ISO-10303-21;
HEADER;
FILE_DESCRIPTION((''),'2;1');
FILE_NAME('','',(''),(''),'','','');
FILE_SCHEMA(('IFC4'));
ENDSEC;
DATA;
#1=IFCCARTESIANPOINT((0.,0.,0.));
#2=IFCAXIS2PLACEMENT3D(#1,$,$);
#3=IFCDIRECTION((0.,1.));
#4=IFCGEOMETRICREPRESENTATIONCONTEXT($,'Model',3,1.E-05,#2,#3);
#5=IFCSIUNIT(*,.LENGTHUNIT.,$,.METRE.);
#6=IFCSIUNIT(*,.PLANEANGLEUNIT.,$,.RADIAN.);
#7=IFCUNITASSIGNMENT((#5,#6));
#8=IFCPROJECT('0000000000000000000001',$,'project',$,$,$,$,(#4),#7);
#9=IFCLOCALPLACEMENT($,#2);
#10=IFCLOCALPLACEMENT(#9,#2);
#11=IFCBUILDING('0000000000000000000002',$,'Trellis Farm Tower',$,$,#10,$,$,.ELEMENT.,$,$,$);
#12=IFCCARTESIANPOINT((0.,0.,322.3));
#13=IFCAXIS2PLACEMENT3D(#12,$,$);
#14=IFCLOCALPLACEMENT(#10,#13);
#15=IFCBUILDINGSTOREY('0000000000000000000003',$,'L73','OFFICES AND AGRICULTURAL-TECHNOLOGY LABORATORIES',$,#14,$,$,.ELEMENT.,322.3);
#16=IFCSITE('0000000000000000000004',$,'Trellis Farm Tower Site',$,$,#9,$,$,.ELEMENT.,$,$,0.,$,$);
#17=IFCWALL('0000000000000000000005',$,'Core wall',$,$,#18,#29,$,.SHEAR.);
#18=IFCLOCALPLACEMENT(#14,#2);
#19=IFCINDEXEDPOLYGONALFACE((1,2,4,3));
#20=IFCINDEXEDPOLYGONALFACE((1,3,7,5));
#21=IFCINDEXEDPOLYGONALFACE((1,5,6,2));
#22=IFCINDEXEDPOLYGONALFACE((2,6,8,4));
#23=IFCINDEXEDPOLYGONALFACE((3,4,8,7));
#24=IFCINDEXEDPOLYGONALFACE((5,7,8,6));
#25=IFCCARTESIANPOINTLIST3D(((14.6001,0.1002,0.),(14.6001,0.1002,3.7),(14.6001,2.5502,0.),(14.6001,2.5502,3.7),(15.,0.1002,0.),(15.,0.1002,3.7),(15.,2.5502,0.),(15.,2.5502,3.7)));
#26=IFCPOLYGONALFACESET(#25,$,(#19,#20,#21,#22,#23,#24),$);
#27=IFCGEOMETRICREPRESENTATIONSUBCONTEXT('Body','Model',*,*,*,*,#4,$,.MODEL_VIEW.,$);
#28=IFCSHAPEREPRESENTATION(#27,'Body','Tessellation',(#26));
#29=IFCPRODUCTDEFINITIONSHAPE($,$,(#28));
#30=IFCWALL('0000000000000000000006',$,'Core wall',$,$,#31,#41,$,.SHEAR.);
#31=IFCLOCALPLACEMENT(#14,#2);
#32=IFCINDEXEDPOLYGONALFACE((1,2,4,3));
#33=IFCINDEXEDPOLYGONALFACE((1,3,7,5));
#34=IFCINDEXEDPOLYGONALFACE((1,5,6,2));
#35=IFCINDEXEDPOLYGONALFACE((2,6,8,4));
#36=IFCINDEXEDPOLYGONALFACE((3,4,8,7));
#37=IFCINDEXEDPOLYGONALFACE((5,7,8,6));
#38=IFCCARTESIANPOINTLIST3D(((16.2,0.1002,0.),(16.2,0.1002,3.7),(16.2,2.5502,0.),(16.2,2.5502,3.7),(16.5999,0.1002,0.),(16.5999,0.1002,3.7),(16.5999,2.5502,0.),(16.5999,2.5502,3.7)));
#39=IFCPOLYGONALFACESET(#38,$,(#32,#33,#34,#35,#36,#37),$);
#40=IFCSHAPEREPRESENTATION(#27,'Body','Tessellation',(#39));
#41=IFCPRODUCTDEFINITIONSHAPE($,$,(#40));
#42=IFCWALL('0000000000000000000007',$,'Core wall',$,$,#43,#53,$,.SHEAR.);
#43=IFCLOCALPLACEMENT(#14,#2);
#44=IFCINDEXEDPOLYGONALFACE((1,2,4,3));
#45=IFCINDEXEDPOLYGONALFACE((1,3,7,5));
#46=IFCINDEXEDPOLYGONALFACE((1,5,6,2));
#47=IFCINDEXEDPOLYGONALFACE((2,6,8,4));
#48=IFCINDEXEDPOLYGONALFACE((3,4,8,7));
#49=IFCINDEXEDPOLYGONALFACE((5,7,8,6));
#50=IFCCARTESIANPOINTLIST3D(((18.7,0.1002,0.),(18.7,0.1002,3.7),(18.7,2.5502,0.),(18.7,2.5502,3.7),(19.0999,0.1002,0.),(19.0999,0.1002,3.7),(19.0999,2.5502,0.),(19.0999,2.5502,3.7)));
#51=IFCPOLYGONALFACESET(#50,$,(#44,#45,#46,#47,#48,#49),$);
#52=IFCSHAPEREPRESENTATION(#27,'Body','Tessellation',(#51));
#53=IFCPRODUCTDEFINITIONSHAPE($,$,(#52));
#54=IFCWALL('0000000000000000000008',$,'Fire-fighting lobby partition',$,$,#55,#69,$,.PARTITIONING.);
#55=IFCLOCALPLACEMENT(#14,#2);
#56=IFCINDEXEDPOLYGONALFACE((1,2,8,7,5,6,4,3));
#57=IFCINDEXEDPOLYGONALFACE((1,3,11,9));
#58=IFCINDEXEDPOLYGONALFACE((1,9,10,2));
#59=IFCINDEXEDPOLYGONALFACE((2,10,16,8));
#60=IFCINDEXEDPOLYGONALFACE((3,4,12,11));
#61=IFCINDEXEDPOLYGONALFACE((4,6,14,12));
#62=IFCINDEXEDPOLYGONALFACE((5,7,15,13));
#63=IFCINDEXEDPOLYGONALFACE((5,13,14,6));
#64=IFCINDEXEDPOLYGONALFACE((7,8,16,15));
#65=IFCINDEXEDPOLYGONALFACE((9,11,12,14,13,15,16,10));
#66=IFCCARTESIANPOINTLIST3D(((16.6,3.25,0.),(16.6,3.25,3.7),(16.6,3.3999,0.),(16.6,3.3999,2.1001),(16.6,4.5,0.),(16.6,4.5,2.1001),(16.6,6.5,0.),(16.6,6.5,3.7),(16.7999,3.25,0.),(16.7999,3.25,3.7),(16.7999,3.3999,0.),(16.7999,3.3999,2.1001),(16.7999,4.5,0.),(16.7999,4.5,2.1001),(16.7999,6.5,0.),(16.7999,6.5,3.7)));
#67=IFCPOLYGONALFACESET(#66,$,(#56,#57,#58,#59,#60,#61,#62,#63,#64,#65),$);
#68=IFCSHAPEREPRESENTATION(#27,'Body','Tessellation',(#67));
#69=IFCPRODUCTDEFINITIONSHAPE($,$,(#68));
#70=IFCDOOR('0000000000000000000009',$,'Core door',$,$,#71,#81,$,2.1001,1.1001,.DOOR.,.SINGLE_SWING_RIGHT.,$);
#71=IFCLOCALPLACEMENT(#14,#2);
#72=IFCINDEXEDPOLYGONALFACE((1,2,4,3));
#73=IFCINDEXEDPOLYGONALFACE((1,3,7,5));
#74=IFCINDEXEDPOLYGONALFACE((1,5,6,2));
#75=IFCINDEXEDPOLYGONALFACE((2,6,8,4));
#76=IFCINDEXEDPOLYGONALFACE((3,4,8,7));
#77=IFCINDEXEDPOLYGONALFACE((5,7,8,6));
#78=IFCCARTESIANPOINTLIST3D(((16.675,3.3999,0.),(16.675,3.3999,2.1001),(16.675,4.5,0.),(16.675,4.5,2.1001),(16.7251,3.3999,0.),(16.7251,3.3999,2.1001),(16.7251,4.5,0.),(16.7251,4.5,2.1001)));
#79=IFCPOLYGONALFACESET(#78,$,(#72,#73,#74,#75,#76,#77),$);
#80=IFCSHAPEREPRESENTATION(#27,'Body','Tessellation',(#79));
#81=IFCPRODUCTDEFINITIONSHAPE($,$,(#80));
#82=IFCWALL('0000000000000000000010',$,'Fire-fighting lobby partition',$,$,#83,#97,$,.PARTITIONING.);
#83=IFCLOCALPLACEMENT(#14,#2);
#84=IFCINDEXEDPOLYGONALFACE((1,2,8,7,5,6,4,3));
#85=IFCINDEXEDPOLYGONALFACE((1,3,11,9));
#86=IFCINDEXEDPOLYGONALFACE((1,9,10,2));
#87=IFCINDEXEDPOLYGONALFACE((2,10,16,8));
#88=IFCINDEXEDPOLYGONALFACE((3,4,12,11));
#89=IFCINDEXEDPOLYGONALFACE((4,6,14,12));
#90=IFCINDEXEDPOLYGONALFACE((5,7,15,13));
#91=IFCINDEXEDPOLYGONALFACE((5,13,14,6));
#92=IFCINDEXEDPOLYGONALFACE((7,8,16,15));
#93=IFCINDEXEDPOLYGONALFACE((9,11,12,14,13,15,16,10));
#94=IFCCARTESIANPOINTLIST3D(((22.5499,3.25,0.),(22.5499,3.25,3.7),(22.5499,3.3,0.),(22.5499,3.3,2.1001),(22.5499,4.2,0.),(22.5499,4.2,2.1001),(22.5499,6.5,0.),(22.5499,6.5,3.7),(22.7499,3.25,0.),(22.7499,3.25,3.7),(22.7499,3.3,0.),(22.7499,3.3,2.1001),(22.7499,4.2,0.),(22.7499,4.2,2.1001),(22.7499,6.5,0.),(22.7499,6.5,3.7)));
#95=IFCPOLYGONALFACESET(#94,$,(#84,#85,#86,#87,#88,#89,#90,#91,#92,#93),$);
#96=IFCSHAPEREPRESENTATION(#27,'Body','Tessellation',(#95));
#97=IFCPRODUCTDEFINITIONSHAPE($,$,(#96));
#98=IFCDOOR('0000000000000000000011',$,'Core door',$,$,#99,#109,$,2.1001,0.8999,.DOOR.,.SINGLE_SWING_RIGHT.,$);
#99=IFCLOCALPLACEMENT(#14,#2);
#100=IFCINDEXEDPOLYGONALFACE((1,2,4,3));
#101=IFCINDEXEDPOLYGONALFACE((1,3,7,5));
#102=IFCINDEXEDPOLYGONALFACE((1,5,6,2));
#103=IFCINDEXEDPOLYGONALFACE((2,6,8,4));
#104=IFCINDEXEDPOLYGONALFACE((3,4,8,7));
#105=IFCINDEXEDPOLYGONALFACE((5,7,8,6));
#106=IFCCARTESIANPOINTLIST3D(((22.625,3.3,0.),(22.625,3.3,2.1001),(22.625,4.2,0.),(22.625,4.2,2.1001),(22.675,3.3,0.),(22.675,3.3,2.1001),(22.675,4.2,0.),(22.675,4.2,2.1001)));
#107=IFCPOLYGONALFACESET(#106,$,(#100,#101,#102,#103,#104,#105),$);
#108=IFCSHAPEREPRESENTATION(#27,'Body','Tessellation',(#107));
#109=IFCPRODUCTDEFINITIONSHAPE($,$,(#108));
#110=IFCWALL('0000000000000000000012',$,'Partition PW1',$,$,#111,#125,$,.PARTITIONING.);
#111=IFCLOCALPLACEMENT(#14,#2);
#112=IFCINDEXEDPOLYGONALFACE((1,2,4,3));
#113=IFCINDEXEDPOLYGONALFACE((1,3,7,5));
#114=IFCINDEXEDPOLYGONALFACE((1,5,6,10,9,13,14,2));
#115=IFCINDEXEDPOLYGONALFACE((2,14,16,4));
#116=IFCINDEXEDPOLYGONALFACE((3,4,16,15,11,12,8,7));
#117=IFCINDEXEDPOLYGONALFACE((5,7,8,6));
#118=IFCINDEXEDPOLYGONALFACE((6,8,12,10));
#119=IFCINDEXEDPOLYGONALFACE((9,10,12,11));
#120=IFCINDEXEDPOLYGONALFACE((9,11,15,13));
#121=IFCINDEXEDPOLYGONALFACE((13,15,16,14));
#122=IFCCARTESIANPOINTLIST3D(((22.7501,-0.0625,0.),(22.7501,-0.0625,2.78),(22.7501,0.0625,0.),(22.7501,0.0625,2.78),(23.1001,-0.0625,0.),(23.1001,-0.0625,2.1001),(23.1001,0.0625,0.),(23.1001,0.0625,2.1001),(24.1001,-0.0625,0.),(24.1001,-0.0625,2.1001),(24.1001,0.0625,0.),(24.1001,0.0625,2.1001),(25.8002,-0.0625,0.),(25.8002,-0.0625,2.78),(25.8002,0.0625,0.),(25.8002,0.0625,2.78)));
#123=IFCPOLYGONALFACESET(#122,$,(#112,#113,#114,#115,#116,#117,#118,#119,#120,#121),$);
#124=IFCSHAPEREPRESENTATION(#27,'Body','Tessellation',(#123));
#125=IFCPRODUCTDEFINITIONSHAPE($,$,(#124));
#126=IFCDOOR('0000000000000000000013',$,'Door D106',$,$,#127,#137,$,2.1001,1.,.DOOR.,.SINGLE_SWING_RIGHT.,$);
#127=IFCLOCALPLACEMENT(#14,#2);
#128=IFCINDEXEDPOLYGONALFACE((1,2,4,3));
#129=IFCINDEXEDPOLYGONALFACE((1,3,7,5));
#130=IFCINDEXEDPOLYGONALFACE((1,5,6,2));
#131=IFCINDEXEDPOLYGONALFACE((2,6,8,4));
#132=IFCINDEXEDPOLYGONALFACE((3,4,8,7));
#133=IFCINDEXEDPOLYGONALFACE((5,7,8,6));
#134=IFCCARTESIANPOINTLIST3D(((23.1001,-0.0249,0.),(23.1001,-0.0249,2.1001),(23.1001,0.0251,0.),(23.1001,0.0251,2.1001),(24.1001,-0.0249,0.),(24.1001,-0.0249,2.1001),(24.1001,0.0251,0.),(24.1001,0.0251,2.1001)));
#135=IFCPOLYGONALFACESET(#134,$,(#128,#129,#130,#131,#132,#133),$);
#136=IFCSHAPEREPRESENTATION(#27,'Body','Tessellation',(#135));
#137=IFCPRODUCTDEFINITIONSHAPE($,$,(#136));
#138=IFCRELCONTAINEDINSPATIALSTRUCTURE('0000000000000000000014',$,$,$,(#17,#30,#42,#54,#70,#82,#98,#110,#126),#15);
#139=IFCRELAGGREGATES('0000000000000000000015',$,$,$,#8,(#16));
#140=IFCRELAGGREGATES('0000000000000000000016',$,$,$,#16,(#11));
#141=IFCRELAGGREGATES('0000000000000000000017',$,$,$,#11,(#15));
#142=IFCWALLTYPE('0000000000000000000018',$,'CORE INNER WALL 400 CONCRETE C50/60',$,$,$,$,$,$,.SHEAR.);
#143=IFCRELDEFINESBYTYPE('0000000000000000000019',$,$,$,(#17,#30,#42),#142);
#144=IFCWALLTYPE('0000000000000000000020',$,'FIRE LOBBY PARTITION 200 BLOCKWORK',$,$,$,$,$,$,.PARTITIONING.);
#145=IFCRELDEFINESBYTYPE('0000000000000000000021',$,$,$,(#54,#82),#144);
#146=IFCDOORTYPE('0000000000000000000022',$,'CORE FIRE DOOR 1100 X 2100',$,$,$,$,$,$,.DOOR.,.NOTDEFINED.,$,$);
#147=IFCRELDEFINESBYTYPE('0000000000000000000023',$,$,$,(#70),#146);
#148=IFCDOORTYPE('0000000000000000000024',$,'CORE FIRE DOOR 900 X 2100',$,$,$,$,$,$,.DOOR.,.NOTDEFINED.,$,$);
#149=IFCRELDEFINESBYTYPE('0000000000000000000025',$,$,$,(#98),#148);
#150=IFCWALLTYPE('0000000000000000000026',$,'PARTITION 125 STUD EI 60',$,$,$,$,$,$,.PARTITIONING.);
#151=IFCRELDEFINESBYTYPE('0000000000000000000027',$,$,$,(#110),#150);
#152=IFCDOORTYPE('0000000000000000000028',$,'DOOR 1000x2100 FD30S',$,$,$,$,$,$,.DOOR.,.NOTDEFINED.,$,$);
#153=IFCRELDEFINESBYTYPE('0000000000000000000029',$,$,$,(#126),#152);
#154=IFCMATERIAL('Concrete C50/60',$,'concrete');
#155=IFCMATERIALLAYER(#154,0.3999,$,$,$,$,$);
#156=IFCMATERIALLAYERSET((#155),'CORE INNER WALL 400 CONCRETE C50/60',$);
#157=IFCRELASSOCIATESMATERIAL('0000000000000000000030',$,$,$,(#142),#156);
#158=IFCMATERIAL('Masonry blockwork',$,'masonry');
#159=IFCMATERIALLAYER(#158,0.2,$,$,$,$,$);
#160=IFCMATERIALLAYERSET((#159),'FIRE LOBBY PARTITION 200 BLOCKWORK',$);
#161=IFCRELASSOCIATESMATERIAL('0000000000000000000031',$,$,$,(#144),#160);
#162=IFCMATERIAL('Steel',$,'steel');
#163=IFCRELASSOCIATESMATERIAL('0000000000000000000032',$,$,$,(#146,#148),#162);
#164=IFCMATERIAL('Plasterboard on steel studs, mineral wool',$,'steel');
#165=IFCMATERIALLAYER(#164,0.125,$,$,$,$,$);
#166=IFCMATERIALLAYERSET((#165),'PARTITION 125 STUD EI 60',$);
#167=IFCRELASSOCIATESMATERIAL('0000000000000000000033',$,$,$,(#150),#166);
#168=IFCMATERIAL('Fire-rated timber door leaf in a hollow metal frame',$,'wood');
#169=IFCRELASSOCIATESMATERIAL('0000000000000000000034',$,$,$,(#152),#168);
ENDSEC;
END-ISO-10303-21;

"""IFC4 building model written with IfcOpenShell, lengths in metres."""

from ifc_helpers import new_model, si_unit, direction, frame, frame_2d, origin, place, context, subcontext, project, spatial, rectangle, extrude, source, transform, mapped, material, layer, layer_set, type_object, element, fill, save


model = new_model("IFC4")

# Units and contexts
model_context = context("Model", 3, precision=1e-05, world=origin(), true_north=direction((0.0, 1.0)))
body_context = subcontext(model_context, "Body", "Model", "MODEL_VIEW")
ifc_project = project(units=[si_unit("LENGTHUNIT", "METRE"), si_unit("PLANEANGLEUNIT", "RADIAN")], contexts=[model_context])

# Site, building, storey
site_placement = place(None, origin())
site = spatial("IfcSite", under=ifc_project, at=site_placement, Name="Trellis Farm Tower Site", CompositionType="ELEMENT", RefElevation=0.0)
building_placement = place(site_placement, origin())
building = spatial("IfcBuilding", under=site, at=building_placement, Name="Trellis Farm Tower", CompositionType="ELEMENT")
storey_placement = place(building_placement, frame((0.0, 0.0, 322.3)))
storey = spatial("IfcBuildingStorey", under=building, at=storey_placement, Name="L73", Description="OFFICES AND AGRICULTURAL-TECHNOLOGY LABORATORIES", CompositionType="ELEMENT", Elevation=322.3)

# Walls
ifc_material_1 = material(Name="Concrete C50/60", Category="concrete")
ifc_layer_1 = layer(ifc_material_1, 0.3999)
ifc_layer_set_1 = layer_set([ifc_layer_1], Name="CORE INNER WALL 400 CONCRETE C50/60")
wall_type_1 = type_object("IfcWallType", Name="CORE INNER WALL 400 CONCRETE C50/60", PredefinedType="SHEAR", material=ifc_layer_set_1)
shared_shape_1 = source(origin(), body_context, "Body", "SweptSolid", [
    extrude(rectangle(XDim=2.45, YDim=0.3999, at=frame_2d((1.2251, 0.0))), origin(), (0.0, 0.0, 1.0), 3.7),
])
for number, where, z_axis, x_axis, name in (
    (1, (14.8, 0.1001, 0.0), (0.0, 0.0, 1.0), (0.0, 1.0, 0.0), "Core wall"),
    (2, (16.3999, 0.1001, 0.0), (0.0, 0.0, 1.0), (0.0, 1.0, 0.0), "Core wall"),
    (3, (18.8999, 0.1001, 0.0), (0.0, 0.0, 1.0), (0.0, 1.0, 0.0), "Core wall"),
):
    element("IfcWall", number, at=place(storey_placement, frame(where, z_axis=z_axis, x_axis=x_axis)), inside=storey, type_object=wall_type_1, Name=name, PredefinedType="SHEAR", context=body_context, shape_type="MappedRepresentation", body=[
        mapped(shared_shape_1, transform((0.0, 0.0, 0.0))),
    ])

# Walls, openings, doors
ifc_material_2 = material(Name="Masonry blockwork", Category="masonry")
ifc_layer_2 = layer(ifc_material_2, 0.2)
ifc_layer_set_2 = layer_set([ifc_layer_2], Name="FIRE LOBBY PARTITION 200 BLOCKWORK")
wall_type_2 = type_object("IfcWallType", Name="FIRE LOBBY PARTITION 200 BLOCKWORK", PredefinedType="PARTITIONING", material=ifc_layer_set_2)
shared_shape_2 = source(origin(), body_context, "Body", "SweptSolid", [
    extrude(rectangle(XDim=3.25, YDim=0.2, at=frame_2d((1.625, 0.0))), origin(), (0.0, 0.0, 1.0), 3.7),
])
wall_1_placement = place(storey_placement, frame((16.7, 3.25, 0.0), z_axis=(0.0, 0.0, 1.0), x_axis=(0.0, 1.0, 0.0)))
wall_1 = element("IfcWall", 4, at=wall_1_placement, inside=storey, type_object=wall_type_2, Name="Fire-fighting lobby partition", PredefinedType="PARTITIONING", context=body_context, shape_type="MappedRepresentation", body=[
    mapped(shared_shape_2, transform((0.0, 0.0, 0.0))),
])
shared_shape_3 = source(origin(), body_context, "Body", "SweptSolid", [
    extrude(rectangle(XDim=1.1001, YDim=2.1001, at=frame_2d((0.55, 1.05))), frame((0.0, 0.1101, 0.0), z_axis=(0.0, -1.0, 0.0), x_axis=(1.0, 0.0, 0.0)), (0.0, 0.0, 1.0), 0.2202),
])
opening_1_placement = place(wall_1_placement, frame((0.1499, 0.0, 0.0)))
opening_1 = element("IfcOpeningElement", 5, at=opening_1_placement, cuts=wall_1, PredefinedType="OPENING", context=body_context, shape_type="MappedRepresentation", body=[
    mapped(shared_shape_3, transform((0.0, 0.0, 0.0))),
])
ifc_material_3 = material(Name="Steel", Category="steel")
door_type_1 = type_object("IfcDoorType", Name="CORE FIRE DOOR 1100 X 2100", OperationType="NOTDEFINED", PredefinedType="DOOR", material=ifc_material_3)
shared_shape_4 = source(origin(), body_context, "Body", "SweptSolid", [
    extrude(rectangle(XDim=1.1001, YDim=2.1001, at=frame_2d((0.55, 1.05))), frame((0.0, 0.0249, 0.0), z_axis=(0.0, -1.0, 0.0), x_axis=(1.0, 0.0, 0.0)), (0.0, 0.0, 1.0), 0.05),
])
door_1_placement = place(opening_1_placement, origin())
door_1 = element("IfcDoor", 6, at=door_1_placement, inside=storey, type_object=door_type_1, Name="Core door", OperationType="SINGLE_SWING_RIGHT", OverallHeight=2.1001, OverallWidth=1.1001, PredefinedType="DOOR", context=body_context, shape_type="MappedRepresentation", body=[
    mapped(shared_shape_4, transform((0.0, 0.0, 0.0))),
])
fill(opening_1, door_1)
wall_2_placement = place(storey_placement, frame((22.6499, 3.25, 0.0), z_axis=(0.0, 0.0, 1.0), x_axis=(0.0, 1.0, 0.0)))
wall_2 = element("IfcWall", 7, at=wall_2_placement, inside=storey, type_object=wall_type_2, Name="Fire-fighting lobby partition", PredefinedType="PARTITIONING", context=body_context, shape_type="MappedRepresentation", body=[
    mapped(shared_shape_2, transform((0.0, 0.0, 0.0))),
])
shared_shape_5 = source(origin(), body_context, "Body", "SweptSolid", [
    extrude(rectangle(XDim=0.8999, YDim=2.1001, at=frame_2d((0.45, 1.05))), frame((0.0, 0.1101, 0.0), z_axis=(0.0, -1.0, 0.0), x_axis=(1.0, 0.0, 0.0)), (0.0, 0.0, 1.0), 0.2202),
])
opening_2_placement = place(wall_2_placement, frame((0.05, 0.0, 0.0)))
opening_2 = element("IfcOpeningElement", 8, at=opening_2_placement, cuts=wall_2, PredefinedType="OPENING", context=body_context, shape_type="MappedRepresentation", body=[
    mapped(shared_shape_5, transform((0.0, 0.0, 0.0))),
])
door_type_2 = type_object("IfcDoorType", Name="CORE FIRE DOOR 900 X 2100", OperationType="NOTDEFINED", PredefinedType="DOOR", material=ifc_material_3)
shared_shape_6 = source(origin(), body_context, "Body", "SweptSolid", [
    extrude(rectangle(XDim=0.8999, YDim=2.1001, at=frame_2d((0.45, 1.05))), frame((0.0, 0.0249, 0.0), z_axis=(0.0, -1.0, 0.0), x_axis=(1.0, 0.0, 0.0)), (0.0, 0.0, 1.0), 0.05),
])
door_2_placement = place(opening_2_placement, origin())
door_2 = element("IfcDoor", 9, at=door_2_placement, inside=storey, type_object=door_type_2, Name="Core door", OperationType="SINGLE_SWING_RIGHT", OverallHeight=2.1001, OverallWidth=0.8999, PredefinedType="DOOR", context=body_context, shape_type="MappedRepresentation", body=[
    mapped(shared_shape_6, transform((0.0, 0.0, 0.0))),
])
fill(opening_2, door_2)
ifc_material_4 = material(Name="Plasterboard on steel studs, mineral wool", Category="steel")
ifc_layer_3 = layer(ifc_material_4, 0.125)
ifc_layer_set_3 = layer_set([ifc_layer_3], Name="PARTITION 125 STUD EI 60")
wall_type_3 = type_object("IfcWallType", Name="PARTITION 125 STUD EI 60", PredefinedType="PARTITIONING", material=ifc_layer_set_3)
shared_shape_7 = source(origin(), body_context, "Body", "SweptSolid", [
    extrude(rectangle(XDim=3.05, YDim=0.125, at=frame_2d((1.5249, 0.0))), origin(), (0.0, 0.0, 1.0), 2.78),
])
wall_3_placement = place(storey_placement, frame((25.8, 0.0, 0.0), z_axis=(0.0, 0.0, 1.0), x_axis=(-1.0, 0.0, 0.0)))
wall_3 = element("IfcWall", 10, at=wall_3_placement, inside=storey, type_object=wall_type_3, Name="Partition PW1", PredefinedType="PARTITIONING", context=body_context, shape_type="MappedRepresentation", body=[
    mapped(shared_shape_7, transform((0.0, 0.0, 0.0))),
])
shared_shape_8 = source(origin(), body_context, "Body", "SweptSolid", [
    extrude(rectangle(XDim=1.0, YDim=2.1001, at=frame_2d((0.5, 1.05))), frame((0.0, 0.0725, 0.0), z_axis=(0.0, -1.0, 0.0), x_axis=(1.0, 0.0, 0.0)), (0.0, 0.0, 1.0), 0.145),
])
opening_3_placement = place(wall_3_placement, frame((1.7, 0.0, 0.0)))
opening_3 = element("IfcOpeningElement", 11, at=opening_3_placement, cuts=wall_3, PredefinedType="OPENING", context=body_context, shape_type="MappedRepresentation", body=[
    mapped(shared_shape_8, transform((0.0, 0.0, 0.0))),
])
ifc_material_5 = material(Name="Fire-rated timber door leaf in a hollow metal frame", Category="wood")
door_type_3 = type_object("IfcDoorType", Name="DOOR 1000x2100 FD30S", OperationType="NOTDEFINED", PredefinedType="DOOR", material=ifc_material_5)
shared_shape_9 = source(origin(), body_context, "Body", "SweptSolid", [
    extrude(rectangle(XDim=1.0, YDim=2.1001, at=frame_2d((0.5, 1.05))), frame((0.0, 0.0249, 0.0), z_axis=(0.0, -1.0, 0.0), x_axis=(1.0, 0.0, 0.0)), (0.0, 0.0, 1.0), 0.05),
])
door_3_placement = place(opening_3_placement, origin())
door_3 = element("IfcDoor", 12, at=door_3_placement, inside=storey, type_object=door_type_3, Name="Door D106", OperationType="SINGLE_SWING_RIGHT", OverallHeight=2.1001, OverallWidth=1.0, PredefinedType="DOOR", context=body_context, shape_type="MappedRepresentation", body=[
    mapped(shared_shape_9, transform((0.0, 0.0, 0.0))),
])
fill(opening_3, door_3)

save(model, "model.ifc")
